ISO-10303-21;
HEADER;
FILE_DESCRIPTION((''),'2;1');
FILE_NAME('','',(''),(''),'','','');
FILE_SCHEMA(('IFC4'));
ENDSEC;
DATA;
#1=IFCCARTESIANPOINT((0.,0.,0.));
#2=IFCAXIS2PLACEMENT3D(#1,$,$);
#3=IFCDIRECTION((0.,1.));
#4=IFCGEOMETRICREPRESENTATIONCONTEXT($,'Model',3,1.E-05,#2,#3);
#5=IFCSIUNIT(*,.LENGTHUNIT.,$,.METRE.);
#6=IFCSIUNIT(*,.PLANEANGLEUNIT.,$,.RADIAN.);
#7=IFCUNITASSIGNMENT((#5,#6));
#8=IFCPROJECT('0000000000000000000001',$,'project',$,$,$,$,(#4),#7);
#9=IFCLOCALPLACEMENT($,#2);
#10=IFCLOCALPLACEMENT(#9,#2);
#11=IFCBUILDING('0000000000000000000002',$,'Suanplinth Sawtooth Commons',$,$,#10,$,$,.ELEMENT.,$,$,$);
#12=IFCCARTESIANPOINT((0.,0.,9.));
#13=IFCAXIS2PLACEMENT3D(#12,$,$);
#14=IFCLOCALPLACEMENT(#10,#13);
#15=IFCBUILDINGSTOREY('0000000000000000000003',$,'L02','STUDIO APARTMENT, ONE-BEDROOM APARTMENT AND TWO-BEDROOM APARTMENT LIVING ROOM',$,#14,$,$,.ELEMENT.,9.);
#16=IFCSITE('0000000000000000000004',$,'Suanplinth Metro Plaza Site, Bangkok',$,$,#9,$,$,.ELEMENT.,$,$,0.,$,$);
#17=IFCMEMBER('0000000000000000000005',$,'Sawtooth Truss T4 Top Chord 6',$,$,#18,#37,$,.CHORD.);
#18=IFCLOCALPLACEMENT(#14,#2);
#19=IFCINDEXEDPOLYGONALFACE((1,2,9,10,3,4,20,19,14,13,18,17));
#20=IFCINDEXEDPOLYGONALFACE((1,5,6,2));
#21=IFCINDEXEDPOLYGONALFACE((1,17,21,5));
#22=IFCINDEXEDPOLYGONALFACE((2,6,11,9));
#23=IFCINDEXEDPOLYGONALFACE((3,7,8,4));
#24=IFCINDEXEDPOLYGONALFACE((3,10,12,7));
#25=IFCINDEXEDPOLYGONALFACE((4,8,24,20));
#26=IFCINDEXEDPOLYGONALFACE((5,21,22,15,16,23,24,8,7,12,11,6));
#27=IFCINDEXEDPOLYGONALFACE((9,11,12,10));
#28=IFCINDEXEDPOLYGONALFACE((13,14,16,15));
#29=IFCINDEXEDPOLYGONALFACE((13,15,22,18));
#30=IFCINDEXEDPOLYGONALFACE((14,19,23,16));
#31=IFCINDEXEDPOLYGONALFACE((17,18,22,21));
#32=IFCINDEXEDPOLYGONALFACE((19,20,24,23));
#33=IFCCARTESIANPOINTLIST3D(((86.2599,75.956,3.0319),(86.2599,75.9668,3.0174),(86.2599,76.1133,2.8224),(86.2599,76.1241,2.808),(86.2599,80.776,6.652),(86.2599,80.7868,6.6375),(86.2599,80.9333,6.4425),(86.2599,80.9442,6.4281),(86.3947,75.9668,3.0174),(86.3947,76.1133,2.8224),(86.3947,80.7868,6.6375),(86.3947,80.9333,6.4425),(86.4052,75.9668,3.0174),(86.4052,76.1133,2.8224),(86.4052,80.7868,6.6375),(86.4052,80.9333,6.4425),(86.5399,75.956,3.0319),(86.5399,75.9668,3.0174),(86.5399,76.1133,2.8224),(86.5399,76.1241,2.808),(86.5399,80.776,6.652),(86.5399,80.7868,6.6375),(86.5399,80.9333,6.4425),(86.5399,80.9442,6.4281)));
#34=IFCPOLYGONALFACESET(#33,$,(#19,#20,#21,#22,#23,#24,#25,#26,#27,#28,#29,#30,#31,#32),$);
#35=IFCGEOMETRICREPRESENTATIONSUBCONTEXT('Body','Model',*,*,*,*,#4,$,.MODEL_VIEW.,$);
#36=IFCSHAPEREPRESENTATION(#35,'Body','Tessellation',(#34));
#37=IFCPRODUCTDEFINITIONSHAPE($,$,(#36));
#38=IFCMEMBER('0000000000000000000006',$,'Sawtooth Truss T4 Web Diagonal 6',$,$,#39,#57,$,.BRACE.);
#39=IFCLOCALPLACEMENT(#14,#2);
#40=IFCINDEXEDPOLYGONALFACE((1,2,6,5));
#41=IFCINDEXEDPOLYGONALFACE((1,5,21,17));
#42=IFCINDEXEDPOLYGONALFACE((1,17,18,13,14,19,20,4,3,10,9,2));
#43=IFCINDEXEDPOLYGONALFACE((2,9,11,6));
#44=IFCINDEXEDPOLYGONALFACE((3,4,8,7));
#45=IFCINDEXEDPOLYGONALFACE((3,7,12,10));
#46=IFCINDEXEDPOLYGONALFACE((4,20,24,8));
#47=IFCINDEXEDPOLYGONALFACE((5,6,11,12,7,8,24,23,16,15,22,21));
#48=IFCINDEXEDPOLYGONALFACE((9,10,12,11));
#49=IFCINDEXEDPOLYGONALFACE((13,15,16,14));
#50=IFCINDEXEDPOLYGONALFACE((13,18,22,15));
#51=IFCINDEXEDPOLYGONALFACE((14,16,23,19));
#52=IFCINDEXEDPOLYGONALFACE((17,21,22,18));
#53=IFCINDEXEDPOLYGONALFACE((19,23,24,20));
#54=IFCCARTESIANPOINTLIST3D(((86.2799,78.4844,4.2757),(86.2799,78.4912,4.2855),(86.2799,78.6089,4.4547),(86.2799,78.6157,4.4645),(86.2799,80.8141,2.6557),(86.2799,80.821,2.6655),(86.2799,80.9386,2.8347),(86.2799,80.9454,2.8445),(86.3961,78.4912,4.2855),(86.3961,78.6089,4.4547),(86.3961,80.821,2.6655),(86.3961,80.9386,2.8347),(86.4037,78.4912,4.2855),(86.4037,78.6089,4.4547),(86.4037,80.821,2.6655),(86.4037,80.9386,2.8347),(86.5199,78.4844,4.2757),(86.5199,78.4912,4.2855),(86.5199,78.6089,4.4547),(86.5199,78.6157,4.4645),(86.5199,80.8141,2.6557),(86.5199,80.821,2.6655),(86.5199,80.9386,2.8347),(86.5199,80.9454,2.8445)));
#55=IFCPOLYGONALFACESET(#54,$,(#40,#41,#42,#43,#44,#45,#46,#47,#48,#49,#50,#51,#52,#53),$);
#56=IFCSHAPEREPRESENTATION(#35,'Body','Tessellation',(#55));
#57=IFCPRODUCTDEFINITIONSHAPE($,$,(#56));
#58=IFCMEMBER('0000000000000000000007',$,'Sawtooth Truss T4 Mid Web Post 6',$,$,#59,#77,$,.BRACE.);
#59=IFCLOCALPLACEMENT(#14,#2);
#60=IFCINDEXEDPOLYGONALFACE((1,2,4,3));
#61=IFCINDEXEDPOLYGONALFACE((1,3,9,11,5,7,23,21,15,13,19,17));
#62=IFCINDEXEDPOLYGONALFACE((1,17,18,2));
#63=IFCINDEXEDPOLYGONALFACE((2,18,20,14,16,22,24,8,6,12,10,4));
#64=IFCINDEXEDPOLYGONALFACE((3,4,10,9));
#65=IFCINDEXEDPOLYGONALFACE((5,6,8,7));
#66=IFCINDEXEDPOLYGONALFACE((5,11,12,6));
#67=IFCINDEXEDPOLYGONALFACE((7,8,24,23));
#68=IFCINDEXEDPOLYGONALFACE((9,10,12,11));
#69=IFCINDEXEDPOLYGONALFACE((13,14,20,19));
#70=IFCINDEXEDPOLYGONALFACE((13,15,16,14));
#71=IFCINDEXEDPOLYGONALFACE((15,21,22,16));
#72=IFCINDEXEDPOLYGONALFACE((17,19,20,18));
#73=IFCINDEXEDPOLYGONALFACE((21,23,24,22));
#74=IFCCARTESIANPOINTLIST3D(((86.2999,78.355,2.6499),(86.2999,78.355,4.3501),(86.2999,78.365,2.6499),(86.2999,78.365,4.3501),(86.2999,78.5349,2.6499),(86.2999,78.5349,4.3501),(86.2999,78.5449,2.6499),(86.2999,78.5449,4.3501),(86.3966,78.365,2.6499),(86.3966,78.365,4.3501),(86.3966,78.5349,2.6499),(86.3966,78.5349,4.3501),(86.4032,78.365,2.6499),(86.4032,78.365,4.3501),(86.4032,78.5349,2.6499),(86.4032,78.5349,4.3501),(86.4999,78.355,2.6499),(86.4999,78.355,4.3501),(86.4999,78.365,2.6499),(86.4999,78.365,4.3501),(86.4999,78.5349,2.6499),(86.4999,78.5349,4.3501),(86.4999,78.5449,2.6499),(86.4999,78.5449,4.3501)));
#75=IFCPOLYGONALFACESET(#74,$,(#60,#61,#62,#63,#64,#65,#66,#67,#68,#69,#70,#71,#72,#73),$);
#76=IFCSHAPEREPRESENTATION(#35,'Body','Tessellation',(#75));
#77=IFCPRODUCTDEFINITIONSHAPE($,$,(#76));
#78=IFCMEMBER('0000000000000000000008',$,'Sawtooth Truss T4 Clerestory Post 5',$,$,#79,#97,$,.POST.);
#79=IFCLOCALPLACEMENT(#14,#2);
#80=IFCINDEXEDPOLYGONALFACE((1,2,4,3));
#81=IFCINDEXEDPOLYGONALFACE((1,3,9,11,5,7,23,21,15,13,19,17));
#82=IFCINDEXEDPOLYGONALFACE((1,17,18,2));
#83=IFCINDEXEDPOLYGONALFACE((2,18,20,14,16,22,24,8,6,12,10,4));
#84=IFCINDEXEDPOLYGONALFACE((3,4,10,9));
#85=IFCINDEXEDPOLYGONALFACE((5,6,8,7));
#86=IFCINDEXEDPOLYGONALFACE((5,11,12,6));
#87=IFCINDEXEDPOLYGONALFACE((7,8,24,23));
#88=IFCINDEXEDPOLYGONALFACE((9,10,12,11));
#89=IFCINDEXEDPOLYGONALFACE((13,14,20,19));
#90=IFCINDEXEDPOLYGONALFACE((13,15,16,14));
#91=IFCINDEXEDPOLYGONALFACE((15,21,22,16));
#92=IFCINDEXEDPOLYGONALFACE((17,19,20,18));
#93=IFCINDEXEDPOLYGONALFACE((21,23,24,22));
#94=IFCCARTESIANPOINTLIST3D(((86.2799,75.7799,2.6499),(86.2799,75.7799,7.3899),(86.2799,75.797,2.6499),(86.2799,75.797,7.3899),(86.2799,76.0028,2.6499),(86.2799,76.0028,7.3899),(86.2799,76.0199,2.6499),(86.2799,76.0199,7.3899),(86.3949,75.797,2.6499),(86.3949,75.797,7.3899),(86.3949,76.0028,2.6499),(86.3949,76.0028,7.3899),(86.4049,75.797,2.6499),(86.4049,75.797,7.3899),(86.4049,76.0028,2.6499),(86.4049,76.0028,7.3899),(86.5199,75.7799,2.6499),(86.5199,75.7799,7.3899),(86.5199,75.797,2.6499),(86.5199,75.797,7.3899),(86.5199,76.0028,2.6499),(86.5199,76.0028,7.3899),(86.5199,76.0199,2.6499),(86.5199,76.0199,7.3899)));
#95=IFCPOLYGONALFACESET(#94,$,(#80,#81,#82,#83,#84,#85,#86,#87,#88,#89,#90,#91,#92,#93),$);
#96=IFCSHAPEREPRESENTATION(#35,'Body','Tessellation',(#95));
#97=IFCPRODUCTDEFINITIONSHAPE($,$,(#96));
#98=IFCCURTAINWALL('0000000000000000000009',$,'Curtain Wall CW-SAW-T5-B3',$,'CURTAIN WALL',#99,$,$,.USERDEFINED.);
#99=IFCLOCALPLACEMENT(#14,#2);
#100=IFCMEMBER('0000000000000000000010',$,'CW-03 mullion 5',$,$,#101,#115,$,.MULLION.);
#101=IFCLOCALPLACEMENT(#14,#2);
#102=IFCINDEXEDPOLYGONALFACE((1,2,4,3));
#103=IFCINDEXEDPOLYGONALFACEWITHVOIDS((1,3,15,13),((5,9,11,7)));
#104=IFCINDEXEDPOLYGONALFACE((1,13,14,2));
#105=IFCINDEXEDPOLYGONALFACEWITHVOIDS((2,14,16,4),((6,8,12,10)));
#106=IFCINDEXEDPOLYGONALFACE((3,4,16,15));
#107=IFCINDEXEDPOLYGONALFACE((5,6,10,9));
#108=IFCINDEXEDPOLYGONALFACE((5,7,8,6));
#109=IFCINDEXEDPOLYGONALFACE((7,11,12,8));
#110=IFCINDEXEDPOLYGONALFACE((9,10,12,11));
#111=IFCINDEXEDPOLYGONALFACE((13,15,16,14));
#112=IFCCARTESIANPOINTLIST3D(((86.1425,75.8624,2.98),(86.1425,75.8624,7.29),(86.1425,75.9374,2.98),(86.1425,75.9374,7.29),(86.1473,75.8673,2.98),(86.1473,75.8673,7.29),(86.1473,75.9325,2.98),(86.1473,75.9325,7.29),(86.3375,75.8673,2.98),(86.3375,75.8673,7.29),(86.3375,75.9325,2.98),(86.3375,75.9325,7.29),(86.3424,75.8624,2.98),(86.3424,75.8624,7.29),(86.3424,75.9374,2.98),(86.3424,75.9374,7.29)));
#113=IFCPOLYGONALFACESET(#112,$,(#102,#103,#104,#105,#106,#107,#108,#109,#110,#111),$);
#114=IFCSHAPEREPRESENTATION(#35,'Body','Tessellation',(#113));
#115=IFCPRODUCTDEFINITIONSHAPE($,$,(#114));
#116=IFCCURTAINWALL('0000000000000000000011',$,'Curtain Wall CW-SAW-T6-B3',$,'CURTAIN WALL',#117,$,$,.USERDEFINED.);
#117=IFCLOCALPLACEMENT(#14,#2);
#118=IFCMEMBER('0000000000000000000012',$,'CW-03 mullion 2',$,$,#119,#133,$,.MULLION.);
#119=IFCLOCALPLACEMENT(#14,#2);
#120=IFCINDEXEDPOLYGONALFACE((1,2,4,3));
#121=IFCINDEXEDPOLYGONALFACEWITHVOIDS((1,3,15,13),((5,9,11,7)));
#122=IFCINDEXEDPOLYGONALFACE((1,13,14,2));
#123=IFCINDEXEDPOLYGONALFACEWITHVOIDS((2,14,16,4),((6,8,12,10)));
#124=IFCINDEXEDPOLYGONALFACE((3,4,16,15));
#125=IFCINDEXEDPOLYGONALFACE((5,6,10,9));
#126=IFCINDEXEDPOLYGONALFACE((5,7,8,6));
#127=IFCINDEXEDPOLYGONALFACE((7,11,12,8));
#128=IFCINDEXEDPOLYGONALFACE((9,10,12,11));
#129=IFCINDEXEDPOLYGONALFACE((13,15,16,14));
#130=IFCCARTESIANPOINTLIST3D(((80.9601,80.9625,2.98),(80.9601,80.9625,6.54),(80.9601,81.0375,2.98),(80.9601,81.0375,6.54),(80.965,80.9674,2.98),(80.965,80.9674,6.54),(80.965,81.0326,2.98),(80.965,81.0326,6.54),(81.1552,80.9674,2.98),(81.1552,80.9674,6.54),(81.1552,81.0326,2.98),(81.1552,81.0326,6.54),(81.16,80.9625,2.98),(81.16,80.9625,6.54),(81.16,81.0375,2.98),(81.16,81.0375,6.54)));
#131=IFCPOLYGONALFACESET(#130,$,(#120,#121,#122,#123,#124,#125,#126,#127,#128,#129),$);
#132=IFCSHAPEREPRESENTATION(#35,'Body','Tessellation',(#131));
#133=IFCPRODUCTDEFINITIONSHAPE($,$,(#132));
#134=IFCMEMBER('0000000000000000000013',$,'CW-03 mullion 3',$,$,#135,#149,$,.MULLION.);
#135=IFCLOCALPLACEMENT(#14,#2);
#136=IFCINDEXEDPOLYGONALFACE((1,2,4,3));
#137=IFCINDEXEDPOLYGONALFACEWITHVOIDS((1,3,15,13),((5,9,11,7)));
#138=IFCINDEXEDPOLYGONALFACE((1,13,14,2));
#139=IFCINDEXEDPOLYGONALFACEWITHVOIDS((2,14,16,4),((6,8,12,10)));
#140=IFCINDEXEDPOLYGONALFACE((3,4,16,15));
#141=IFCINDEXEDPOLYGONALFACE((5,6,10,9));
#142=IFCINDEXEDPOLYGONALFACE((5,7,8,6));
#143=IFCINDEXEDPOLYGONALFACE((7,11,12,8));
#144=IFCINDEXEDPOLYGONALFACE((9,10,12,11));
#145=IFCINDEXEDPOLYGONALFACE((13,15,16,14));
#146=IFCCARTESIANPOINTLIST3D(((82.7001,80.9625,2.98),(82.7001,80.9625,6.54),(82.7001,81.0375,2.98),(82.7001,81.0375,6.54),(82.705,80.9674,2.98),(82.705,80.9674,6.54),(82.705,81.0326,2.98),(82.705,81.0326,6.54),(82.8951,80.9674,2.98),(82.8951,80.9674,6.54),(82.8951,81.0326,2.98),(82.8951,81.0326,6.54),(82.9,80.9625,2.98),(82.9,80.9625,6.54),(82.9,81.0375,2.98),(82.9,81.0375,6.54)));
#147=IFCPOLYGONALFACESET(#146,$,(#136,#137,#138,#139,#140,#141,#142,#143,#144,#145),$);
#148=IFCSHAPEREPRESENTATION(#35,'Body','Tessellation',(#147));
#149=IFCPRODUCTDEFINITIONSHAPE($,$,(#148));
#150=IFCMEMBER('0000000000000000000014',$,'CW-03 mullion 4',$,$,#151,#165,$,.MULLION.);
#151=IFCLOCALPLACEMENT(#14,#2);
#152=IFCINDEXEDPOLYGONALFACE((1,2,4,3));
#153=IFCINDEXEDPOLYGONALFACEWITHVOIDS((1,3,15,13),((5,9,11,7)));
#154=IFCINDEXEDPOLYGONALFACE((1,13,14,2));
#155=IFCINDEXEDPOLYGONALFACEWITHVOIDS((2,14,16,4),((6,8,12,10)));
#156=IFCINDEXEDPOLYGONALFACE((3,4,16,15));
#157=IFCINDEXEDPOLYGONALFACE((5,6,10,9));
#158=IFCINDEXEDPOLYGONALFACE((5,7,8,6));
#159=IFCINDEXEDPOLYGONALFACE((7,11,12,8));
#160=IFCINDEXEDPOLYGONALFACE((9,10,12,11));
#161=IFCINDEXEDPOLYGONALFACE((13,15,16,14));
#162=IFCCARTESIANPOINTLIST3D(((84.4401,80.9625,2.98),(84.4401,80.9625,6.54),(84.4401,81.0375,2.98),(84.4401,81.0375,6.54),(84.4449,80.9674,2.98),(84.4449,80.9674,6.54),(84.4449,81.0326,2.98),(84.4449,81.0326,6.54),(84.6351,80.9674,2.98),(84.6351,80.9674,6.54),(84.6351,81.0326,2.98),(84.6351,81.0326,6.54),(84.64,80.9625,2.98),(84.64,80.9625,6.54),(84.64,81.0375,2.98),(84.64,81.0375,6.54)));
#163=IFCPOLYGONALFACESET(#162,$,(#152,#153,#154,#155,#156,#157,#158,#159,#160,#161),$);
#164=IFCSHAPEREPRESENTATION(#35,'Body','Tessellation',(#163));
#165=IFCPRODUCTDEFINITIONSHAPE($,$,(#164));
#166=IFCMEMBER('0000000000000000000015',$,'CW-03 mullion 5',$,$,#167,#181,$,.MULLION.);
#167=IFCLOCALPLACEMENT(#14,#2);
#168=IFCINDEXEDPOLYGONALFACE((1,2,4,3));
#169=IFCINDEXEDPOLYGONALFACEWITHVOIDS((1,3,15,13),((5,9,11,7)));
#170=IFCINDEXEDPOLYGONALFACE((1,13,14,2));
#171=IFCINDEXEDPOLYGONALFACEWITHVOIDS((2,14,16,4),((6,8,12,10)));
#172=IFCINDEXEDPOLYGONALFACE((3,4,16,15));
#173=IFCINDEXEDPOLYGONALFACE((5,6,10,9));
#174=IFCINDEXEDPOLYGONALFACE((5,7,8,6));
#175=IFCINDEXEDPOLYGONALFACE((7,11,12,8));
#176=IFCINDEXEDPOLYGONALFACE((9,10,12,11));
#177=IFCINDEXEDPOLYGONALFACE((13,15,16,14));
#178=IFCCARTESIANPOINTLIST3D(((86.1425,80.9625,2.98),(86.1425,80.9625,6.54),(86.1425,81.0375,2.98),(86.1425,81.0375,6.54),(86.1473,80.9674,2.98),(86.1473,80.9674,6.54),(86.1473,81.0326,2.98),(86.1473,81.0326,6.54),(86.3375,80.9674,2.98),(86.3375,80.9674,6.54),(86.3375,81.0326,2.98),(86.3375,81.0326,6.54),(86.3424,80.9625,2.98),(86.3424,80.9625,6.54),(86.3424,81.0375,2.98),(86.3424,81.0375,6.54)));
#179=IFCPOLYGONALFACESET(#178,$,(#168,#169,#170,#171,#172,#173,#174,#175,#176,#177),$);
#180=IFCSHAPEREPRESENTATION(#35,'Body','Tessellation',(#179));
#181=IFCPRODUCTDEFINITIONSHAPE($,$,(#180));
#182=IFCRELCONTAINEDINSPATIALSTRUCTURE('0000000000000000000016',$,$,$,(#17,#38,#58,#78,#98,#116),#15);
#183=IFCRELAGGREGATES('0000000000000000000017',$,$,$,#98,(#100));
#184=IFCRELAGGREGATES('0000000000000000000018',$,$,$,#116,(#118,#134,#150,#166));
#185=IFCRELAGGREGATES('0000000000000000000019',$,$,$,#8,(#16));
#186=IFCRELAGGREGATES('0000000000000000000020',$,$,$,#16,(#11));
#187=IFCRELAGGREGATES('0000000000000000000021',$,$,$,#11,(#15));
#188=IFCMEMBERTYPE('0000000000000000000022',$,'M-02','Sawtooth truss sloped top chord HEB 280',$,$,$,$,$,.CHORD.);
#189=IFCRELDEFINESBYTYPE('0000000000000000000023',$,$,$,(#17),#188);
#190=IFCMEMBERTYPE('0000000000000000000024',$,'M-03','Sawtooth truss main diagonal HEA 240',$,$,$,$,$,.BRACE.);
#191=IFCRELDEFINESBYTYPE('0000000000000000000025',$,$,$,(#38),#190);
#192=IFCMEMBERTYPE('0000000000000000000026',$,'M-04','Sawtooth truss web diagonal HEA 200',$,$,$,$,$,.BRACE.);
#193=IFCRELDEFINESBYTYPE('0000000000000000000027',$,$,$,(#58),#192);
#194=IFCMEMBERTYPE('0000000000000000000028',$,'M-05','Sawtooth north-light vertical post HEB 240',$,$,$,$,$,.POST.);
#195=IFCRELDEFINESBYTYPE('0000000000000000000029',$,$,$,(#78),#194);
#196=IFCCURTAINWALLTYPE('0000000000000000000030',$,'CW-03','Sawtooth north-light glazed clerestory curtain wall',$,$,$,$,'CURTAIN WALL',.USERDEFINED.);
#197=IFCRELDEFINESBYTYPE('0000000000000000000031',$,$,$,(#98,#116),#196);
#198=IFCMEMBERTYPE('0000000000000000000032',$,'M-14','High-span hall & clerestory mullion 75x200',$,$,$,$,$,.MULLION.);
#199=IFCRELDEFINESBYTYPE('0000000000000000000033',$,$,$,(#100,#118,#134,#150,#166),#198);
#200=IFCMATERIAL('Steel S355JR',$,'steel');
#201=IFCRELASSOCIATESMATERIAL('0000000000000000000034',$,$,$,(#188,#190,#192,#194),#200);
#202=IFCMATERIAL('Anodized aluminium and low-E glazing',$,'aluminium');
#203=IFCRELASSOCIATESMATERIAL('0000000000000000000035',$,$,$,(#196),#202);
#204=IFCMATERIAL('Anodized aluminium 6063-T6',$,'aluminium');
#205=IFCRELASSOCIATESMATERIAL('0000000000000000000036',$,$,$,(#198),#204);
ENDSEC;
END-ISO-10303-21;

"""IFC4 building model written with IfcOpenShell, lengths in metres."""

from ifc_helpers import new_model, si_unit, direction, frame, origin, origin_2d, place, context, subcontext, project, spatial, hollow_rectangle, i_section, extrude, material, material_profile, profile_set, type_object, element, aggregate, save


model = new_model("IFC4")

# Units and contexts
model_context = context("Model", 3, precision=1e-05, world=origin(), true_north=direction((0.0, 1.0)))
body_context = subcontext(model_context, "Body", "Model", "MODEL_VIEW")
ifc_project = project(units=[si_unit("LENGTHUNIT", "METRE"), si_unit("PLANEANGLEUNIT", "RADIAN")], contexts=[model_context])

# Site, building, storey
site_placement = place(None, origin())
site = spatial("IfcSite", under=ifc_project, at=site_placement, Name="Suanplinth Metro Plaza Site, Bangkok", CompositionType="ELEMENT", RefElevation=0.0)
building_placement = place(site_placement, origin())
building = spatial("IfcBuilding", under=site, at=building_placement, Name="Suanplinth Sawtooth Commons", CompositionType="ELEMENT")
storey_placement = place(building_placement, frame((0.0, 0.0, 9.0)))
storey = spatial("IfcBuildingStorey", under=building, at=storey_placement, Name="L02", Description="STUDIO APARTMENT, ONE-BEDROOM APARTMENT AND TWO-BEDROOM APARTMENT LIVING ROOM", CompositionType="ELEMENT", Elevation=9.0)

# Members
ifc_material_1 = material(Name="Steel S355JR", Category="steel")
ifc_material_profile_1 = material_profile(ifc_material_1, i_section(OverallWidth=0.28, OverallDepth=0.28, WebThickness=0.0105, FlangeThickness=0.0181, at=origin_2d()), Name="HEB 280")
ifc_profile_set_1 = profile_set([ifc_material_profile_1], Name="Steel S355JR")
member_type_1 = type_object("IfcMemberType", Name="M-02", Description="Sawtooth truss sloped top chord HEB 280", PredefinedType="CHORD", material=ifc_profile_set_1)
member_1_placement = place(storey_placement, frame((86.3999, 76.04, 2.9199), z_axis=(0.0, 0.799596, 0.600538), x_axis=(-1.0, 0.0, 0.0)))
element("IfcMember", 1, at=member_1_placement, inside=storey, type_object=member_type_1, Name="Sawtooth Truss T4 Top Chord 6", PredefinedType="CHORD", context=body_context, shape_type="SweptSolid", body=[
    extrude(i_section(OverallWidth=0.28, OverallDepth=0.28, WebThickness=0.0105, FlangeThickness=0.0181, at=origin_2d()), origin(), (0.0, 0.0, 1.0), 6.0281),
])
ifc_material_profile_2 = material_profile(ifc_material_1, i_section(OverallWidth=0.24, OverallDepth=0.23, WebThickness=0.0076, FlangeThickness=0.012, at=origin_2d()), Name="HEA 240")
ifc_profile_set_2 = profile_set([ifc_material_profile_2], Name="Steel S355JR")
member_type_2 = type_object("IfcMemberType", Name="M-03", Description="Sawtooth truss main diagonal HEA 240", PredefinedType="BRACE", material=ifc_profile_set_2)
member_2_placement = place(storey_placement, frame((86.3999, 78.55, 4.3701), z_axis=(0.0, 0.82101, -0.570913), x_axis=(-1.0, 0.0, 0.0)))
element("IfcMember", 2, at=member_2_placement, inside=storey, type_object=member_type_2, Name="Sawtooth Truss T4 Web Diagonal 6", PredefinedType="BRACE", context=body_context, shape_type="SweptSolid", body=[
    extrude(i_section(OverallWidth=0.24, OverallDepth=0.23, WebThickness=0.0076, FlangeThickness=0.012, at=origin_2d()), origin(), (0.0, 0.0, 1.0), 2.8376),
])
ifc_material_profile_3 = material_profile(ifc_material_1, i_section(OverallWidth=0.2, OverallDepth=0.1899, WebThickness=0.0066, FlangeThickness=0.01, at=origin_2d()), Name="HEA 200")
ifc_profile_set_3 = profile_set([ifc_material_profile_3], Name="Steel S355JR")
member_type_3 = type_object("IfcMemberType", Name="M-04", Description="Sawtooth truss web diagonal HEA 200", PredefinedType="BRACE", material=ifc_profile_set_3)
member_3_placement = place(storey_placement, frame((86.3999, 78.45, 2.6499), z_axis=(0.0, 0.0, 1.0), x_axis=(1.0, 0.0, 0.0)))
element("IfcMember", 3, at=member_3_placement, inside=storey, type_object=member_type_3, Name="Sawtooth Truss T4 Mid Web Post 6", PredefinedType="BRACE", context=body_context, shape_type="SweptSolid", body=[
    extrude(i_section(OverallWidth=0.2, OverallDepth=0.1899, WebThickness=0.0066, FlangeThickness=0.01, at=origin_2d()), origin(), (0.0, 0.0, 1.0), 1.7002),
])
ifc_material_profile_4 = material_profile(ifc_material_1, i_section(OverallWidth=0.24, OverallDepth=0.24, WebThickness=0.01, FlangeThickness=0.0171, at=origin_2d()), Name="HEB 240")
ifc_profile_set_4 = profile_set([ifc_material_profile_4], Name="Steel S355JR")
member_type_4 = type_object("IfcMemberType", Name="M-05", Description="Sawtooth north-light vertical post HEB 240", PredefinedType="POST", material=ifc_profile_set_4)
member_4_placement = place(storey_placement, frame((86.3999, 75.8999, 2.6499), z_axis=(0.0, 0.0, 1.0), x_axis=(1.0, 0.0, 0.0)))
element("IfcMember", 4, at=member_4_placement, inside=storey, type_object=member_type_4, Name="Sawtooth Truss T4 Clerestory Post 5", PredefinedType="POST", context=body_context, shape_type="SweptSolid", body=[
    extrude(i_section(OverallWidth=0.24, OverallDepth=0.24, WebThickness=0.01, FlangeThickness=0.0171, at=origin_2d()), origin(), (0.0, 0.0, 1.0), 4.74),
])

# Curtain wall, member
ifc_material_2 = material(Name="Anodized aluminium and low-E glazing", Category="aluminium")
curtain_wall_type = type_object("IfcCurtainWallType", Name="CW-03", Description="Sawtooth north-light glazed clerestory curtain wall", ElementType="CURTAIN WALL", PredefinedType="USERDEFINED", material=ifc_material_2)
curtain_wall_1_placement = place(storey_placement, origin())
curtain_wall_1 = element("IfcCurtainWall", 5, at=curtain_wall_1_placement, inside=storey, type_object=curtain_wall_type, Name="Curtain Wall CW-SAW-T5-B3", ObjectType="CURTAIN WALL", PredefinedType="USERDEFINED")
ifc_material_3 = material(Name="Anodized aluminium 6063-T6", Category="aluminium")
ifc_material_profile_5 = material_profile(ifc_material_3, hollow_rectangle(XDim=0.075, YDim=0.2, WallThickness=0.0049, at=origin_2d()), Name="ALU-MUL 75x200")
ifc_profile_set_5 = profile_set([ifc_material_profile_5], Name="Anodized aluminium 6063-T6")
member_type_5 = type_object("IfcMemberType", Name="M-14", Description="High-span hall & clerestory mullion 75x200", PredefinedType="MULLION", material=ifc_profile_set_5)
member_5_placement = place(storey_placement, frame((86.2424, 75.8999, 2.98), z_axis=(0.0, 0.0, 1.0), x_axis=(0.0, 1.0, 0.0)))
member_5 = element("IfcMember", 6, at=member_5_placement, type_object=member_type_5, Name="CW-03 mullion 5", PredefinedType="MULLION", context=body_context, shape_type="SweptSolid", body=[
    extrude(hollow_rectangle(XDim=0.075, YDim=0.2, WallThickness=0.0049, at=origin_2d()), origin(), (0.0, 0.0, 1.0), 4.3101),
])

# Curtain wall, members
curtain_wall_2_placement = place(storey_placement, origin())
curtain_wall_2 = element("IfcCurtainWall", 7, at=curtain_wall_2_placement, inside=storey, type_object=curtain_wall_type, Name="Curtain Wall CW-SAW-T6-B3", ObjectType="CURTAIN WALL", PredefinedType="USERDEFINED")
member_6_placement = place(storey_placement, frame((81.0601, 81.0, 2.98), z_axis=(0.0, 0.0, 1.0), x_axis=(0.0, 1.0, 0.0)))
member_6 = element("IfcMember", 8, at=member_6_placement, type_object=member_type_5, Name="CW-03 mullion 2", PredefinedType="MULLION", context=body_context, shape_type="SweptSolid", body=[
    extrude(hollow_rectangle(XDim=0.075, YDim=0.2, WallThickness=0.0049, at=origin_2d()), origin(), (0.0, 0.0, 1.0), 3.5601),
])
member_7_placement = place(storey_placement, frame((82.8, 81.0, 2.98), z_axis=(0.0, 0.0, 1.0), x_axis=(0.0, 1.0, 0.0)))
member_7 = element("IfcMember", 9, at=member_7_placement, type_object=member_type_5, Name="CW-03 mullion 3", PredefinedType="MULLION", context=body_context, shape_type="SweptSolid", body=[
    extrude(hollow_rectangle(XDim=0.075, YDim=0.2, WallThickness=0.0049, at=origin_2d()), origin(), (0.0, 0.0, 1.0), 3.5601),
])
member_8_placement = place(storey_placement, frame((84.54, 81.0, 2.98), z_axis=(0.0, 0.0, 1.0), x_axis=(0.0, 1.0, 0.0)))
member_8 = element("IfcMember", 10, at=member_8_placement, type_object=member_type_5, Name="CW-03 mullion 4", PredefinedType="MULLION", context=body_context, shape_type="SweptSolid", body=[
    extrude(hollow_rectangle(XDim=0.075, YDim=0.2, WallThickness=0.0049, at=origin_2d()), origin(), (0.0, 0.0, 1.0), 3.5601),
])
member_9_placement = place(storey_placement, frame((86.2424, 81.0, 2.98), z_axis=(0.0, 0.0, 1.0), x_axis=(0.0, 1.0, 0.0)))
member_9 = element("IfcMember", 11, at=member_9_placement, type_object=member_type_5, Name="CW-03 mullion 5", PredefinedType="MULLION", context=body_context, shape_type="SweptSolid", body=[
    extrude(hollow_rectangle(XDim=0.075, YDim=0.2, WallThickness=0.0049, at=origin_2d()), origin(), (0.0, 0.0, 1.0), 3.5601),
])

aggregate(curtain_wall_1, [member_5])
aggregate(curtain_wall_2, [member_6, member_7, member_8, member_9])

save(model, "model.ifc")
